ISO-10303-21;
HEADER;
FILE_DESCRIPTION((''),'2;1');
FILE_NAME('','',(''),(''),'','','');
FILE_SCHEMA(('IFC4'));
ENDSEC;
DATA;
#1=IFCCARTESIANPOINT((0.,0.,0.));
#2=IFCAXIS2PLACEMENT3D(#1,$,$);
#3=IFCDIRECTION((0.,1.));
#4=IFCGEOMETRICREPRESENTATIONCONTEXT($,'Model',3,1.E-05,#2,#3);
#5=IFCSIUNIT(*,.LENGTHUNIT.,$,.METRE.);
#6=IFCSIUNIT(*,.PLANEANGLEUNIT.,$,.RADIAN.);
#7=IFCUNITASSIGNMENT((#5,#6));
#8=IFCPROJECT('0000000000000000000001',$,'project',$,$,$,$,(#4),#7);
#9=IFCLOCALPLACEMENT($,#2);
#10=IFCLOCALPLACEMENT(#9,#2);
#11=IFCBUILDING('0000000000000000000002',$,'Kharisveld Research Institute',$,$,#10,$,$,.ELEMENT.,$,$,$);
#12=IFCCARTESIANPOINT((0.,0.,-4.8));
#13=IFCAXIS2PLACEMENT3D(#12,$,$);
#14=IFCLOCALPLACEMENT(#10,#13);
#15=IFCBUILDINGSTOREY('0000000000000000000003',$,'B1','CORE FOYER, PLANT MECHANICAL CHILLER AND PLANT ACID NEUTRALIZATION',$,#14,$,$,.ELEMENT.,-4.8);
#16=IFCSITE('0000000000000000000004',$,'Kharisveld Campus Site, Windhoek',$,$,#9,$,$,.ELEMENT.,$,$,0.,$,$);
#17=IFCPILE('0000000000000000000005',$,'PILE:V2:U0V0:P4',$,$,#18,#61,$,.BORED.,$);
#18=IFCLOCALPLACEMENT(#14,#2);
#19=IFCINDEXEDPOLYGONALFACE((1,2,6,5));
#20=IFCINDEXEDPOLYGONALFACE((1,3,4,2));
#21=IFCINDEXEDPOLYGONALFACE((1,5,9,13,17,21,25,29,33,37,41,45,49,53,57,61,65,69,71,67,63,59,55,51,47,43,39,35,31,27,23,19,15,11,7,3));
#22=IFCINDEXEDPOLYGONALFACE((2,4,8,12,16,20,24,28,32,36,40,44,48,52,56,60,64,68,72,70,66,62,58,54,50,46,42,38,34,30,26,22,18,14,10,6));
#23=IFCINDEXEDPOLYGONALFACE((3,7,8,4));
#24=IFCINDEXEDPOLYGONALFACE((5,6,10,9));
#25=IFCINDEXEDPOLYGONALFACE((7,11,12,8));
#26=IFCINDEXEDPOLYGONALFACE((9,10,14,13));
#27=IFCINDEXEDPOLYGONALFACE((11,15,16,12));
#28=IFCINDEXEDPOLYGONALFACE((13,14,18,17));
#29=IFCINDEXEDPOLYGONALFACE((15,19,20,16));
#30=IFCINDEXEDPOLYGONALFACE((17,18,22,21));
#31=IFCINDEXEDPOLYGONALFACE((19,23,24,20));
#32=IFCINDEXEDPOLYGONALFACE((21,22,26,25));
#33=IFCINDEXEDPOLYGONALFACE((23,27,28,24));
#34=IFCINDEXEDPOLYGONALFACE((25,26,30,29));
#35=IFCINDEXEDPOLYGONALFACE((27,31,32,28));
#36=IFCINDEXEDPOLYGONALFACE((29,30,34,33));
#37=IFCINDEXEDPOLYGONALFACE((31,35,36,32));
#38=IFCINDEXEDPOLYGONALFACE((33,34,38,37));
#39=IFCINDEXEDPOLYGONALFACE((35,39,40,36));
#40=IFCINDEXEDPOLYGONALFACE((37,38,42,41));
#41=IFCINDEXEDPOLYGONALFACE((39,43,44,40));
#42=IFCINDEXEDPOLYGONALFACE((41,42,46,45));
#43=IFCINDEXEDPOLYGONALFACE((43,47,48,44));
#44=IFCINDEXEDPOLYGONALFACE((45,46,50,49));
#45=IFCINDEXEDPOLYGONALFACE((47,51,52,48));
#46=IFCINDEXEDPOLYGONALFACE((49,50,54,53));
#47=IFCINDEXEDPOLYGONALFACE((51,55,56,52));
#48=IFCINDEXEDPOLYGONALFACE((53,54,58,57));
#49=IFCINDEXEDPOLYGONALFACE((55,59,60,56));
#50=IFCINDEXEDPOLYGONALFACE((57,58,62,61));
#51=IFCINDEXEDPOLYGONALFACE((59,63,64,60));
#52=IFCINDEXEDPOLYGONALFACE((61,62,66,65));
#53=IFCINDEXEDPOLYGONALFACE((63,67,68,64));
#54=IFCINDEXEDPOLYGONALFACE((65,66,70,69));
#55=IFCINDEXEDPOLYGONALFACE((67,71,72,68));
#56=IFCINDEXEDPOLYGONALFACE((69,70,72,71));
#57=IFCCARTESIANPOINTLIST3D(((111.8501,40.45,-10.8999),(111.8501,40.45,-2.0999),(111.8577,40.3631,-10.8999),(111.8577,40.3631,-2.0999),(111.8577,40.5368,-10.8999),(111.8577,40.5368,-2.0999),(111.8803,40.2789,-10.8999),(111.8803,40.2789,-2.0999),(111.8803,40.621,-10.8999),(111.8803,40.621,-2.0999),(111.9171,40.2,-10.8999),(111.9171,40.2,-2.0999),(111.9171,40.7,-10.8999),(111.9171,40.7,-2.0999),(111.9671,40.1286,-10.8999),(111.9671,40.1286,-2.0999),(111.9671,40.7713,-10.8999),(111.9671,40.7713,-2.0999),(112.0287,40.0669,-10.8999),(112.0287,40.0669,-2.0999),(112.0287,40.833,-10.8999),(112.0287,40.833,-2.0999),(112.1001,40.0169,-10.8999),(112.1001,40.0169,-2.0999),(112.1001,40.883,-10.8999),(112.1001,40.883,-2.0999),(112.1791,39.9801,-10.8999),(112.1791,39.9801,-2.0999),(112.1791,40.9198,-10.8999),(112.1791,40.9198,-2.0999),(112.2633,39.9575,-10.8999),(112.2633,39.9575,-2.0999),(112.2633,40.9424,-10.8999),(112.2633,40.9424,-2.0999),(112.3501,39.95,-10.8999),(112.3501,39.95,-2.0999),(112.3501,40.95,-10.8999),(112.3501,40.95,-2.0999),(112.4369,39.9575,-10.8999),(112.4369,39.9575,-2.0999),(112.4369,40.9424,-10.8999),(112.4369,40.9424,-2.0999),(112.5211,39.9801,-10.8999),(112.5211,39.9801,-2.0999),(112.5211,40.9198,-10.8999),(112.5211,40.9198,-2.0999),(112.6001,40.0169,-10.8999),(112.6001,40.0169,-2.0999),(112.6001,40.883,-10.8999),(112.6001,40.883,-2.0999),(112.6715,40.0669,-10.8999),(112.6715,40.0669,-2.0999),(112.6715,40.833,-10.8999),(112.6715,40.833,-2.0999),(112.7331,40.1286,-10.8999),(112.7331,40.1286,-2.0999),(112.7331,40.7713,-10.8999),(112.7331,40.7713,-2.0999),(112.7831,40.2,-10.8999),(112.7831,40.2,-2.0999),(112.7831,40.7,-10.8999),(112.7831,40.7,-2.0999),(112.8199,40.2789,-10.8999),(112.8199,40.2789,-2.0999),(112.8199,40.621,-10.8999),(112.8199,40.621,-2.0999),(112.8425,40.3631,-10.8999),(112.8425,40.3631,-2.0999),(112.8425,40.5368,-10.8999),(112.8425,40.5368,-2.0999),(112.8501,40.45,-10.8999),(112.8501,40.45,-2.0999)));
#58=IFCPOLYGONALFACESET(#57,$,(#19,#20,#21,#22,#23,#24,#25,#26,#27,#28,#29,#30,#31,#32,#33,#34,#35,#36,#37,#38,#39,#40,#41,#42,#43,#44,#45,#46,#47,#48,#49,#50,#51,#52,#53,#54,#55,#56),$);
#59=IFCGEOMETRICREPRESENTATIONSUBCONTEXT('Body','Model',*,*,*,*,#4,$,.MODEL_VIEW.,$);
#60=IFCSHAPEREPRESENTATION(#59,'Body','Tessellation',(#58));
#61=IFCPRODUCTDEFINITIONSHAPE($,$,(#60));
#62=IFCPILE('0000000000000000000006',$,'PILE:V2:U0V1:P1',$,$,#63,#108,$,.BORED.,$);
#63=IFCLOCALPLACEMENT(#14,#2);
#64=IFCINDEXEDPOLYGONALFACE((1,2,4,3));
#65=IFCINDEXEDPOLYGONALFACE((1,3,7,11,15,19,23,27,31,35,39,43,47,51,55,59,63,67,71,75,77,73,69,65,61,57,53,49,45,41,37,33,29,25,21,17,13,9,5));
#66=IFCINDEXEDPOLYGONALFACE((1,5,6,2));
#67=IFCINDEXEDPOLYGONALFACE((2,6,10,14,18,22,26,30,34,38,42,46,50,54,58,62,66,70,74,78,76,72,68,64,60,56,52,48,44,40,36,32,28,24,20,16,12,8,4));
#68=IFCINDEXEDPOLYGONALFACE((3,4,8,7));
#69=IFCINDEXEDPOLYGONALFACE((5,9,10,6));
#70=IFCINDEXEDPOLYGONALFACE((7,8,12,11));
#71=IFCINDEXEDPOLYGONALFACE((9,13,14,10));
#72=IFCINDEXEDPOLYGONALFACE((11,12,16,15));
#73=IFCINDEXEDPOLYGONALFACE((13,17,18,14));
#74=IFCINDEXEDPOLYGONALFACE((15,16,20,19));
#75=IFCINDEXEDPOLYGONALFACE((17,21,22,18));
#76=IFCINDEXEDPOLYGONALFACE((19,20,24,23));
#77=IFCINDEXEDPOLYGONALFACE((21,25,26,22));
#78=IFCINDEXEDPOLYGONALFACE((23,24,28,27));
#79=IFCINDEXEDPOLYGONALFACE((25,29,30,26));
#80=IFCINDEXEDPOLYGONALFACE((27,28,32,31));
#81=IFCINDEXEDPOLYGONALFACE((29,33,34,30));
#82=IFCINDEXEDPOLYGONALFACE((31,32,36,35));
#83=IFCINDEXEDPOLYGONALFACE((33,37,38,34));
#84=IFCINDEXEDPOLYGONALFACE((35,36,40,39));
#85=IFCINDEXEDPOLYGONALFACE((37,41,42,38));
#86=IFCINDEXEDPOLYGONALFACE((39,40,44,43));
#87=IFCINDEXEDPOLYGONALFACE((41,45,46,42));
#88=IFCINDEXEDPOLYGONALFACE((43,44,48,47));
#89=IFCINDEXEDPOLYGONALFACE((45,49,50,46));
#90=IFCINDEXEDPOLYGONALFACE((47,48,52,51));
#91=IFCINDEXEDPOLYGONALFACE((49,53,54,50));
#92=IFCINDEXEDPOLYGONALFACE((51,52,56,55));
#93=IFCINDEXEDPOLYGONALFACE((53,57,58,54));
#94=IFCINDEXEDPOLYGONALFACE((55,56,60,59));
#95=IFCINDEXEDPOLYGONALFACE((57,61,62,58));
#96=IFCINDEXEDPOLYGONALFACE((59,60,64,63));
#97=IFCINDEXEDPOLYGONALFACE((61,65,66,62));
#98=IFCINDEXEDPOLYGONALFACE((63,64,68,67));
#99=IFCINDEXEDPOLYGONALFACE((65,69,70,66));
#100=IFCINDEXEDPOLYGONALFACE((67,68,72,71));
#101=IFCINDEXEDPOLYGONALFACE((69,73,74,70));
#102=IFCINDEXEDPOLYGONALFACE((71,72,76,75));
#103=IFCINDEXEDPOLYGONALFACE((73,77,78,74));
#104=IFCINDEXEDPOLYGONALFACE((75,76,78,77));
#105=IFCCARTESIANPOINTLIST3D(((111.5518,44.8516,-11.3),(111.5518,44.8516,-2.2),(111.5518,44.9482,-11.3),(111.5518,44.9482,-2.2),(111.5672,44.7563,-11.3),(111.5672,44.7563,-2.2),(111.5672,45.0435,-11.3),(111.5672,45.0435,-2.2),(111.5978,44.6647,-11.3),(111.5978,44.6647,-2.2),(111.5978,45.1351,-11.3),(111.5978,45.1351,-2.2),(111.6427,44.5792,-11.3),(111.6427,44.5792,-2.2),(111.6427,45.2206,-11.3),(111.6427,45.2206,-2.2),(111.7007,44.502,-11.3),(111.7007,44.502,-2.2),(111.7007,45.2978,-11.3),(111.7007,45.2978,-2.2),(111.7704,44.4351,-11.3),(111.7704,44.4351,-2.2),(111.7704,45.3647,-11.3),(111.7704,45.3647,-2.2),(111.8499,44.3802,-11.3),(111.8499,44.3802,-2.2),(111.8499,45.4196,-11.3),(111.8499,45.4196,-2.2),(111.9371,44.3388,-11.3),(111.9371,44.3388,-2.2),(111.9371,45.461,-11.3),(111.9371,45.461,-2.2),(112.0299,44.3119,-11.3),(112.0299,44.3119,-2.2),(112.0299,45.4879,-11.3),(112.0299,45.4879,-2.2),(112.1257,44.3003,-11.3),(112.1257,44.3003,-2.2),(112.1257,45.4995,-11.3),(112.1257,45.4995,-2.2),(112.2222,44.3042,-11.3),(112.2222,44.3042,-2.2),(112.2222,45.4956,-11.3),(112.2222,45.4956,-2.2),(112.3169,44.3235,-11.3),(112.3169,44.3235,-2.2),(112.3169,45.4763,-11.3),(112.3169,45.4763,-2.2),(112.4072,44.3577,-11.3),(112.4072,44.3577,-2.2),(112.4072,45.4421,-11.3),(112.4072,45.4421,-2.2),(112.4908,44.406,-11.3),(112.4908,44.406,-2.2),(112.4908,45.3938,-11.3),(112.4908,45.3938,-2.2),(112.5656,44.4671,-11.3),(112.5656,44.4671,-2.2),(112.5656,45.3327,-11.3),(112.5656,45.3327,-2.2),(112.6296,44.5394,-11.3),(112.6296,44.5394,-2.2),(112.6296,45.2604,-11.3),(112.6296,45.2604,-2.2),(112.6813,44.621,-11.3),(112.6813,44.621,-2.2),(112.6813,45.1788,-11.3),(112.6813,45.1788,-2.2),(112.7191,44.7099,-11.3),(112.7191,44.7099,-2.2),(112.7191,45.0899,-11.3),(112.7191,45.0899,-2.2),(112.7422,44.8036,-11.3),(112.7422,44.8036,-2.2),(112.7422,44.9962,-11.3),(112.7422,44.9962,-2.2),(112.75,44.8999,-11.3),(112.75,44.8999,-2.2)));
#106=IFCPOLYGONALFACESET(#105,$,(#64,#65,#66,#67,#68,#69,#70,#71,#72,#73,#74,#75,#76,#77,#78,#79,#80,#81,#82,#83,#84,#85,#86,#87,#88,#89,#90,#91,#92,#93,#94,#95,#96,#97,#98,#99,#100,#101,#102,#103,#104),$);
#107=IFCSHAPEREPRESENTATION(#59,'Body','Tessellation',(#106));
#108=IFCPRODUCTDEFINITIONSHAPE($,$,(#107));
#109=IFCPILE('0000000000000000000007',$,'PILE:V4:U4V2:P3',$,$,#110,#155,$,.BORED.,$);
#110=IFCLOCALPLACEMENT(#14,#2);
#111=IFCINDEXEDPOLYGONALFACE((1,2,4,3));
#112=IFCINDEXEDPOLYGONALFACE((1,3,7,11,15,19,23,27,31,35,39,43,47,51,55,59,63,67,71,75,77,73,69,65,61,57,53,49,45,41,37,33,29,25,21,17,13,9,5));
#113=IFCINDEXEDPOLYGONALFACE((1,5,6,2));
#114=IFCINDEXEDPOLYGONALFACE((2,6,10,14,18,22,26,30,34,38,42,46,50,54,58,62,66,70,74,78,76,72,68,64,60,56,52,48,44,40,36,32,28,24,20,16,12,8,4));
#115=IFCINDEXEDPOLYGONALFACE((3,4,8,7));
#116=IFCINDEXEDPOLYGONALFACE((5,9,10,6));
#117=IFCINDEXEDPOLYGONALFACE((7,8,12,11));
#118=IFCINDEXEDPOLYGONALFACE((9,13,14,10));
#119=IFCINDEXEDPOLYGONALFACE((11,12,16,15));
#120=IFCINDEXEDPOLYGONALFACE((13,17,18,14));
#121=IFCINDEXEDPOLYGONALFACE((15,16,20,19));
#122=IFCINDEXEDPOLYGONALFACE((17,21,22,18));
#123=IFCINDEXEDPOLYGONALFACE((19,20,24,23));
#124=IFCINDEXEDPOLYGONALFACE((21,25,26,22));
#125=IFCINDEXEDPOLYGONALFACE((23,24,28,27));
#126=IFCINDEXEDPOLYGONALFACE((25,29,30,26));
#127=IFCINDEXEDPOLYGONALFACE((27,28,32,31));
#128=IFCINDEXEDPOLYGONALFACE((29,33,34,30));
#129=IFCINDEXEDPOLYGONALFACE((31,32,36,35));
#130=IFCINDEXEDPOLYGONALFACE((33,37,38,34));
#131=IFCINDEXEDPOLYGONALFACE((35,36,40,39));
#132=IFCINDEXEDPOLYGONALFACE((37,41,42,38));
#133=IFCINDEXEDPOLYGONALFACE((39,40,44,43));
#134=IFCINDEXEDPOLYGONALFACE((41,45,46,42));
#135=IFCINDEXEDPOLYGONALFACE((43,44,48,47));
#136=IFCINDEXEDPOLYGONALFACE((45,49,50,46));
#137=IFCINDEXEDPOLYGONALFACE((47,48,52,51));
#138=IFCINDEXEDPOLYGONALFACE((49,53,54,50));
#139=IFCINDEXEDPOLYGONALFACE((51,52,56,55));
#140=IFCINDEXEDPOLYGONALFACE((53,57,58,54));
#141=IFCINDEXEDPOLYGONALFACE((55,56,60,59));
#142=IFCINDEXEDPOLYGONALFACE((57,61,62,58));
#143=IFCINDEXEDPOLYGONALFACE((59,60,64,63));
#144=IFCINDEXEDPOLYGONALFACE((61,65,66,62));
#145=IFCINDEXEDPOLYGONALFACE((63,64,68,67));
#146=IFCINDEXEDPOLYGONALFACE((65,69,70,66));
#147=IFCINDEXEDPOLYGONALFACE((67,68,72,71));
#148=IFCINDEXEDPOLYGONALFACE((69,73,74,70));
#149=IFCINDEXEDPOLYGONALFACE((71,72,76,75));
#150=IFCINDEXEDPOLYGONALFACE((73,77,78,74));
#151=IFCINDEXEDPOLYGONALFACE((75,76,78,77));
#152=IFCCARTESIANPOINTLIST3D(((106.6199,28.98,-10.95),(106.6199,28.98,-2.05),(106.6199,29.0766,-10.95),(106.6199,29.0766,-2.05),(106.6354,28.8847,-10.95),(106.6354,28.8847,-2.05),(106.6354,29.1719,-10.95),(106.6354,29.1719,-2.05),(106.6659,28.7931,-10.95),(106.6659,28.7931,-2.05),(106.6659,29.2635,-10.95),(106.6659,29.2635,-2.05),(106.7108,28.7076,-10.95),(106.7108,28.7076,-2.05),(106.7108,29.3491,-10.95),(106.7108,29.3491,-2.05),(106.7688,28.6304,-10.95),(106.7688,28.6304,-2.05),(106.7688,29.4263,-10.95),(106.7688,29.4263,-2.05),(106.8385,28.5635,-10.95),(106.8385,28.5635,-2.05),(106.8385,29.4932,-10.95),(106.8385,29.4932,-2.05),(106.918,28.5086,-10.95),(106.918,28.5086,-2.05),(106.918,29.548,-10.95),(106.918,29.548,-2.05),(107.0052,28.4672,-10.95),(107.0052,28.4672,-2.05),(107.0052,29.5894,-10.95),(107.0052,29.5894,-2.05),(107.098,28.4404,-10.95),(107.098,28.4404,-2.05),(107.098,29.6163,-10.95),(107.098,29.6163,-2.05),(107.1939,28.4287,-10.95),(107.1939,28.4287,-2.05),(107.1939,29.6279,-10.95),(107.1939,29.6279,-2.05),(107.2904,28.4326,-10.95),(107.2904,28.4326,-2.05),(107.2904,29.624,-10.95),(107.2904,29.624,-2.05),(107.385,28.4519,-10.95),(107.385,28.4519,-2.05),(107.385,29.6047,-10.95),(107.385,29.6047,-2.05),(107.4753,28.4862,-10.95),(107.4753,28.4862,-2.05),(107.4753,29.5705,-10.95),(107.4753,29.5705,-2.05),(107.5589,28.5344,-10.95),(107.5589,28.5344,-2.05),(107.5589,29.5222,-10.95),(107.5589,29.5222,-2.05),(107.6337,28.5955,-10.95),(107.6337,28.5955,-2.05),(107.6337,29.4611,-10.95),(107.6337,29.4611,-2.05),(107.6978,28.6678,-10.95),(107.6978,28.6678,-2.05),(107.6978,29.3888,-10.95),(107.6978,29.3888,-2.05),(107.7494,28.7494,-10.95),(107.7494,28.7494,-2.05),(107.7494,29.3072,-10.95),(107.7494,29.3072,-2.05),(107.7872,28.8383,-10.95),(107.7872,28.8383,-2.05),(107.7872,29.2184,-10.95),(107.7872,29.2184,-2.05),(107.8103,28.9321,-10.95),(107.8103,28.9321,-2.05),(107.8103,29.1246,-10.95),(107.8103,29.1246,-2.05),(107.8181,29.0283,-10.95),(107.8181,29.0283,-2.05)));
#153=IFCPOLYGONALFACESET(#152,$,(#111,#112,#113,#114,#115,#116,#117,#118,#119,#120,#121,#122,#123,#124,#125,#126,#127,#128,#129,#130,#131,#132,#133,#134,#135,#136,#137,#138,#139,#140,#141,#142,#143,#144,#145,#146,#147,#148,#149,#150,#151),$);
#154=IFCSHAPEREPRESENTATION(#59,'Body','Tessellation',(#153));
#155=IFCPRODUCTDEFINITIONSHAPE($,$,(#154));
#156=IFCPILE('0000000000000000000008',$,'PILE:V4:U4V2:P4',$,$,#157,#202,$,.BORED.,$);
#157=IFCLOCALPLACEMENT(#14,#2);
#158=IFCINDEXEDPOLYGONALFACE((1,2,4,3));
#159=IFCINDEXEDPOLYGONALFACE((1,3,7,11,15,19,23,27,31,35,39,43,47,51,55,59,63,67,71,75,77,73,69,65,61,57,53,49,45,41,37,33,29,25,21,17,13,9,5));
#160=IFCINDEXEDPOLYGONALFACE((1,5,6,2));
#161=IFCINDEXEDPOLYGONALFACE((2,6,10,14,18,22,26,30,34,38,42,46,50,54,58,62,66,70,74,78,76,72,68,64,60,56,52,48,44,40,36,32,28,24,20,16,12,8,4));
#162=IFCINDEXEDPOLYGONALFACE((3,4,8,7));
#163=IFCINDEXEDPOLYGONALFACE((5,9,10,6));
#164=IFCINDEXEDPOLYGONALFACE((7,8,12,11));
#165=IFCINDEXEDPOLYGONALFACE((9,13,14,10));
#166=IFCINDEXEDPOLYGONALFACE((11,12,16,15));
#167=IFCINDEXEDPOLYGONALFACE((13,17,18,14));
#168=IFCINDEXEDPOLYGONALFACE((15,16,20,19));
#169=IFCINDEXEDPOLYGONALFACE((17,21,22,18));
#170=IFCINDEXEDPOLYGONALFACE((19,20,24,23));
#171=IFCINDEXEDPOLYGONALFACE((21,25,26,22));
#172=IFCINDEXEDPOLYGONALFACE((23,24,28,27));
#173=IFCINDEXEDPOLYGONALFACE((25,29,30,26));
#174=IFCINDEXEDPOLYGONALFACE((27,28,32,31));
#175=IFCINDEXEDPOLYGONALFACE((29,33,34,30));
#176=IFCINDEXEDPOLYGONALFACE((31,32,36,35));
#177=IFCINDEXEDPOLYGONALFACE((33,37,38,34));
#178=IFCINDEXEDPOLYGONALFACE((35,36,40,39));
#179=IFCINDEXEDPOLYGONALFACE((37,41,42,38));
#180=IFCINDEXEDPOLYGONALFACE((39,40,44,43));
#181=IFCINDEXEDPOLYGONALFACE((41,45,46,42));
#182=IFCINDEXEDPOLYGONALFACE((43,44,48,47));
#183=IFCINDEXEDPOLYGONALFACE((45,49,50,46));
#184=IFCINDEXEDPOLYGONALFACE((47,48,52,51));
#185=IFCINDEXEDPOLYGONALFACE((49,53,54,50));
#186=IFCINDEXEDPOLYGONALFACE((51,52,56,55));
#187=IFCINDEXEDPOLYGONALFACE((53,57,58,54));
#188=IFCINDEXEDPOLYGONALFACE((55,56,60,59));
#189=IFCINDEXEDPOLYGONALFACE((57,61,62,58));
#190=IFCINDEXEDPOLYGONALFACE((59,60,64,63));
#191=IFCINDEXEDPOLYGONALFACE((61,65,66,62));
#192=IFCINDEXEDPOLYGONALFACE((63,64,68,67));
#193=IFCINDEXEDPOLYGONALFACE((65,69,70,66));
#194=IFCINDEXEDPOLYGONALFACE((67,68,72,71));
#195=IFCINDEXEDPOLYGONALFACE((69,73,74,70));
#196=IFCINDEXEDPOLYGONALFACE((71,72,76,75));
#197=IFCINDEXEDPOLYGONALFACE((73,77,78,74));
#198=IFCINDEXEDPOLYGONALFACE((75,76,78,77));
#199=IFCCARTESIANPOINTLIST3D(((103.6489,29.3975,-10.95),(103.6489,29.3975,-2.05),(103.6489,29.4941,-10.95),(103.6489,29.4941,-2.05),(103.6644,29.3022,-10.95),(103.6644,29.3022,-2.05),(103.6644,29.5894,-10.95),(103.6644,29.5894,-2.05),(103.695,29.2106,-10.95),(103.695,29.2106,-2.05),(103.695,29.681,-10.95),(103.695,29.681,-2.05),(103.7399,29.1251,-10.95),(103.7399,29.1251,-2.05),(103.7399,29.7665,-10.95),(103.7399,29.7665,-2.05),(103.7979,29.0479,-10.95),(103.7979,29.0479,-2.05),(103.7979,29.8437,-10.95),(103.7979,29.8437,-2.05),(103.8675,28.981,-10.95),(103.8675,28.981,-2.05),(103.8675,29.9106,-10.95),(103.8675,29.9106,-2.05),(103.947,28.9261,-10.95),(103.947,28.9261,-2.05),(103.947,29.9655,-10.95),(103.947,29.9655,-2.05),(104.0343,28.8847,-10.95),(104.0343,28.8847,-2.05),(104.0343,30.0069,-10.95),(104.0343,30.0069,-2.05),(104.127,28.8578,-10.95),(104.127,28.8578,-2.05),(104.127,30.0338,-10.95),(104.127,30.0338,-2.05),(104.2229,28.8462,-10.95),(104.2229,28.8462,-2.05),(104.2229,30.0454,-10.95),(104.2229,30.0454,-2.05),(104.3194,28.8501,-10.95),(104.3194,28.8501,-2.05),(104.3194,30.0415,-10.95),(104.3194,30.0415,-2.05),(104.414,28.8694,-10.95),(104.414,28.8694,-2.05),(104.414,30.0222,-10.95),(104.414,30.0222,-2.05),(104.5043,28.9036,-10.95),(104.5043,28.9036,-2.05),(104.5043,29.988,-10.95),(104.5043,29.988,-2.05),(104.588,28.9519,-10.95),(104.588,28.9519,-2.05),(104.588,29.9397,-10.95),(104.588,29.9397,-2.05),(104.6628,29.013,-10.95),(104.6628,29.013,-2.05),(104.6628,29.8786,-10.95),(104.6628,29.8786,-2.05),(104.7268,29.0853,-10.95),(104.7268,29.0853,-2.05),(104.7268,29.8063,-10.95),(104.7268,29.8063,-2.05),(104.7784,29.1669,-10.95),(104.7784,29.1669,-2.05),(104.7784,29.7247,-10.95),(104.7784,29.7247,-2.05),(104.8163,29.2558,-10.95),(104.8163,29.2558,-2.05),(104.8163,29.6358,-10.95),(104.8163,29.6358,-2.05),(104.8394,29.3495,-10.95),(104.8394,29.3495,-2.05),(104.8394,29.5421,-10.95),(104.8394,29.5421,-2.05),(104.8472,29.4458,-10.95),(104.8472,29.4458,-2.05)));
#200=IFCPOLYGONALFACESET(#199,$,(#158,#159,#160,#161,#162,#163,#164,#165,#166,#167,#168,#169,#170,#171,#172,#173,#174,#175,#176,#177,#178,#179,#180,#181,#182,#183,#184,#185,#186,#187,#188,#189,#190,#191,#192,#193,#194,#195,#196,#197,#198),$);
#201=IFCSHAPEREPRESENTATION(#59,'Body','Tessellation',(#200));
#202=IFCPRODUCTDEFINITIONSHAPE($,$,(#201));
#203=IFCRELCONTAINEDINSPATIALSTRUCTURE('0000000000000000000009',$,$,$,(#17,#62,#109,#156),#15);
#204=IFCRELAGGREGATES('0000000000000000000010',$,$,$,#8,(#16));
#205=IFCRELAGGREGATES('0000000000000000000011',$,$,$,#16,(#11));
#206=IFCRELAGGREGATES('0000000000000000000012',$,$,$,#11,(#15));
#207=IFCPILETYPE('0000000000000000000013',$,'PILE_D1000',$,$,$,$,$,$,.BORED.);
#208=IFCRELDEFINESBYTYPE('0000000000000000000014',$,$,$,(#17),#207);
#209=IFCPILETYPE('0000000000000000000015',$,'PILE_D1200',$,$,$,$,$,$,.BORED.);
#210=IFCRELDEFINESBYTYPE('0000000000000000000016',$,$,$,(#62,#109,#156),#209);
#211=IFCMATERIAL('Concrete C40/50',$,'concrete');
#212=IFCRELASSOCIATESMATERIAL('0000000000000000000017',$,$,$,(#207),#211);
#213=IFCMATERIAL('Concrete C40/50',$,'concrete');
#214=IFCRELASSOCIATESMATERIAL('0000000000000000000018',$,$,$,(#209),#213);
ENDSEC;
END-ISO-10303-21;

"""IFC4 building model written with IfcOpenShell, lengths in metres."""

from ifc_helpers import new_model, si_unit, direction, frame, origin, origin_2d, place, context, subcontext, project, spatial, circle, extrude, material, material_profile, profile_set, type_object, element, save


model = new_model("IFC4")

# Units and contexts
model_context = context("Model", 3, precision=1e-05, world=origin(), true_north=direction((0.0, 1.0)))
body_context = subcontext(model_context, "Body", "Model", "MODEL_VIEW")
ifc_project = project(units=[si_unit("LENGTHUNIT", "METRE"), si_unit("PLANEANGLEUNIT", "RADIAN")], contexts=[model_context])

# Site, building, storey
site_placement = place(None, origin())
site = spatial("IfcSite", under=ifc_project, at=site_placement, Name="Kharisveld Campus Site, Windhoek", CompositionType="ELEMENT", RefElevation=0.0)
building_placement = place(site_placement, origin())
building = spatial("IfcBuilding", under=site, at=building_placement, Name="Kharisveld Research Institute", CompositionType="ELEMENT")
storey_placement = place(building_placement, frame((0.0, 0.0, -4.8)))
storey = spatial("IfcBuildingStorey", under=building, at=storey_placement, Name="B1", Description="CORE FOYER, PLANT MECHANICAL CHILLER AND PLANT ACID NEUTRALIZATION", CompositionType="ELEMENT", Elevation=-4.8)

# Piles
ifc_material_1 = material(Name="Concrete C40/50", Category="concrete")
ifc_material_profile_1 = material_profile(ifc_material_1, circle(Radius=0.5, at=origin_2d()))
ifc_profile_set_1 = profile_set([ifc_material_profile_1], Name="Concrete C40/50")
pile_type_1 = type_object("IfcPileType", Name="PILE_D1000", PredefinedType="BORED", material=ifc_profile_set_1)
for number, where, z_axis, x_axis, name in (
    (1, (112.3501, 40.45, -2.0999), (0.0, 0.0, -1.0), (1.0, 0.0, 0.0), "PILE:V2:U0V0:P4"),
):
    element("IfcPile", number, at=place(storey_placement, frame(where, z_axis=z_axis, x_axis=x_axis)), inside=storey, type_object=pile_type_1, Name=name, PredefinedType="BORED", context=body_context, shape_type="SweptSolid", body=[
        extrude(circle(Radius=0.5, at=origin_2d()), origin(), (0.0, 0.0, 1.0), 8.8),
    ])
ifc_material_2 = material(Name="Concrete C40/50", Category="concrete")
ifc_material_profile_2 = material_profile(ifc_material_2, circle(Radius=0.6001, at=origin_2d()))
ifc_profile_set_2 = profile_set([ifc_material_profile_2], Name="Concrete C40/50")
pile_type_2 = type_object("IfcPileType", Name="PILE_D1200", PredefinedType="BORED", material=ifc_profile_set_2)
pile_placement = place(storey_placement, frame((112.1499, 44.8999, -2.2), z_axis=(0.0, 0.0, -1.0), x_axis=(1.0, 0.0, 0.0)))
element("IfcPile", 2, at=pile_placement, inside=storey, type_object=pile_type_2, Name="PILE:V2:U0V1:P1", PredefinedType="BORED", context=body_context, shape_type="SweptSolid", body=[
    extrude(circle(Radius=0.6001, at=origin_2d()), origin(), (0.0, 0.0, 1.0), 9.1001),
])
for number, where, z_axis, x_axis, name in (
    (3, (107.218, 29.0283, -2.05), (0.0, 0.0, -1.0), (1.0, 0.0, 0.0), "PILE:V4:U4V2:P3"),
    (4, (104.2471, 29.4458, -2.05), (0.0, 0.0, -1.0), (1.0, 0.0, 0.0), "PILE:V4:U4V2:P4"),
):
    element("IfcPile", number, at=place(storey_placement, frame(where, z_axis=z_axis, x_axis=x_axis)), inside=storey, type_object=pile_type_2, Name=name, PredefinedType="BORED", context=body_context, shape_type="SweptSolid", body=[
        extrude(circle(Radius=0.6001, at=origin_2d()), origin(), (0.0, 0.0, 1.0), 8.8999),
    ])

save(model, "model.ifc")
